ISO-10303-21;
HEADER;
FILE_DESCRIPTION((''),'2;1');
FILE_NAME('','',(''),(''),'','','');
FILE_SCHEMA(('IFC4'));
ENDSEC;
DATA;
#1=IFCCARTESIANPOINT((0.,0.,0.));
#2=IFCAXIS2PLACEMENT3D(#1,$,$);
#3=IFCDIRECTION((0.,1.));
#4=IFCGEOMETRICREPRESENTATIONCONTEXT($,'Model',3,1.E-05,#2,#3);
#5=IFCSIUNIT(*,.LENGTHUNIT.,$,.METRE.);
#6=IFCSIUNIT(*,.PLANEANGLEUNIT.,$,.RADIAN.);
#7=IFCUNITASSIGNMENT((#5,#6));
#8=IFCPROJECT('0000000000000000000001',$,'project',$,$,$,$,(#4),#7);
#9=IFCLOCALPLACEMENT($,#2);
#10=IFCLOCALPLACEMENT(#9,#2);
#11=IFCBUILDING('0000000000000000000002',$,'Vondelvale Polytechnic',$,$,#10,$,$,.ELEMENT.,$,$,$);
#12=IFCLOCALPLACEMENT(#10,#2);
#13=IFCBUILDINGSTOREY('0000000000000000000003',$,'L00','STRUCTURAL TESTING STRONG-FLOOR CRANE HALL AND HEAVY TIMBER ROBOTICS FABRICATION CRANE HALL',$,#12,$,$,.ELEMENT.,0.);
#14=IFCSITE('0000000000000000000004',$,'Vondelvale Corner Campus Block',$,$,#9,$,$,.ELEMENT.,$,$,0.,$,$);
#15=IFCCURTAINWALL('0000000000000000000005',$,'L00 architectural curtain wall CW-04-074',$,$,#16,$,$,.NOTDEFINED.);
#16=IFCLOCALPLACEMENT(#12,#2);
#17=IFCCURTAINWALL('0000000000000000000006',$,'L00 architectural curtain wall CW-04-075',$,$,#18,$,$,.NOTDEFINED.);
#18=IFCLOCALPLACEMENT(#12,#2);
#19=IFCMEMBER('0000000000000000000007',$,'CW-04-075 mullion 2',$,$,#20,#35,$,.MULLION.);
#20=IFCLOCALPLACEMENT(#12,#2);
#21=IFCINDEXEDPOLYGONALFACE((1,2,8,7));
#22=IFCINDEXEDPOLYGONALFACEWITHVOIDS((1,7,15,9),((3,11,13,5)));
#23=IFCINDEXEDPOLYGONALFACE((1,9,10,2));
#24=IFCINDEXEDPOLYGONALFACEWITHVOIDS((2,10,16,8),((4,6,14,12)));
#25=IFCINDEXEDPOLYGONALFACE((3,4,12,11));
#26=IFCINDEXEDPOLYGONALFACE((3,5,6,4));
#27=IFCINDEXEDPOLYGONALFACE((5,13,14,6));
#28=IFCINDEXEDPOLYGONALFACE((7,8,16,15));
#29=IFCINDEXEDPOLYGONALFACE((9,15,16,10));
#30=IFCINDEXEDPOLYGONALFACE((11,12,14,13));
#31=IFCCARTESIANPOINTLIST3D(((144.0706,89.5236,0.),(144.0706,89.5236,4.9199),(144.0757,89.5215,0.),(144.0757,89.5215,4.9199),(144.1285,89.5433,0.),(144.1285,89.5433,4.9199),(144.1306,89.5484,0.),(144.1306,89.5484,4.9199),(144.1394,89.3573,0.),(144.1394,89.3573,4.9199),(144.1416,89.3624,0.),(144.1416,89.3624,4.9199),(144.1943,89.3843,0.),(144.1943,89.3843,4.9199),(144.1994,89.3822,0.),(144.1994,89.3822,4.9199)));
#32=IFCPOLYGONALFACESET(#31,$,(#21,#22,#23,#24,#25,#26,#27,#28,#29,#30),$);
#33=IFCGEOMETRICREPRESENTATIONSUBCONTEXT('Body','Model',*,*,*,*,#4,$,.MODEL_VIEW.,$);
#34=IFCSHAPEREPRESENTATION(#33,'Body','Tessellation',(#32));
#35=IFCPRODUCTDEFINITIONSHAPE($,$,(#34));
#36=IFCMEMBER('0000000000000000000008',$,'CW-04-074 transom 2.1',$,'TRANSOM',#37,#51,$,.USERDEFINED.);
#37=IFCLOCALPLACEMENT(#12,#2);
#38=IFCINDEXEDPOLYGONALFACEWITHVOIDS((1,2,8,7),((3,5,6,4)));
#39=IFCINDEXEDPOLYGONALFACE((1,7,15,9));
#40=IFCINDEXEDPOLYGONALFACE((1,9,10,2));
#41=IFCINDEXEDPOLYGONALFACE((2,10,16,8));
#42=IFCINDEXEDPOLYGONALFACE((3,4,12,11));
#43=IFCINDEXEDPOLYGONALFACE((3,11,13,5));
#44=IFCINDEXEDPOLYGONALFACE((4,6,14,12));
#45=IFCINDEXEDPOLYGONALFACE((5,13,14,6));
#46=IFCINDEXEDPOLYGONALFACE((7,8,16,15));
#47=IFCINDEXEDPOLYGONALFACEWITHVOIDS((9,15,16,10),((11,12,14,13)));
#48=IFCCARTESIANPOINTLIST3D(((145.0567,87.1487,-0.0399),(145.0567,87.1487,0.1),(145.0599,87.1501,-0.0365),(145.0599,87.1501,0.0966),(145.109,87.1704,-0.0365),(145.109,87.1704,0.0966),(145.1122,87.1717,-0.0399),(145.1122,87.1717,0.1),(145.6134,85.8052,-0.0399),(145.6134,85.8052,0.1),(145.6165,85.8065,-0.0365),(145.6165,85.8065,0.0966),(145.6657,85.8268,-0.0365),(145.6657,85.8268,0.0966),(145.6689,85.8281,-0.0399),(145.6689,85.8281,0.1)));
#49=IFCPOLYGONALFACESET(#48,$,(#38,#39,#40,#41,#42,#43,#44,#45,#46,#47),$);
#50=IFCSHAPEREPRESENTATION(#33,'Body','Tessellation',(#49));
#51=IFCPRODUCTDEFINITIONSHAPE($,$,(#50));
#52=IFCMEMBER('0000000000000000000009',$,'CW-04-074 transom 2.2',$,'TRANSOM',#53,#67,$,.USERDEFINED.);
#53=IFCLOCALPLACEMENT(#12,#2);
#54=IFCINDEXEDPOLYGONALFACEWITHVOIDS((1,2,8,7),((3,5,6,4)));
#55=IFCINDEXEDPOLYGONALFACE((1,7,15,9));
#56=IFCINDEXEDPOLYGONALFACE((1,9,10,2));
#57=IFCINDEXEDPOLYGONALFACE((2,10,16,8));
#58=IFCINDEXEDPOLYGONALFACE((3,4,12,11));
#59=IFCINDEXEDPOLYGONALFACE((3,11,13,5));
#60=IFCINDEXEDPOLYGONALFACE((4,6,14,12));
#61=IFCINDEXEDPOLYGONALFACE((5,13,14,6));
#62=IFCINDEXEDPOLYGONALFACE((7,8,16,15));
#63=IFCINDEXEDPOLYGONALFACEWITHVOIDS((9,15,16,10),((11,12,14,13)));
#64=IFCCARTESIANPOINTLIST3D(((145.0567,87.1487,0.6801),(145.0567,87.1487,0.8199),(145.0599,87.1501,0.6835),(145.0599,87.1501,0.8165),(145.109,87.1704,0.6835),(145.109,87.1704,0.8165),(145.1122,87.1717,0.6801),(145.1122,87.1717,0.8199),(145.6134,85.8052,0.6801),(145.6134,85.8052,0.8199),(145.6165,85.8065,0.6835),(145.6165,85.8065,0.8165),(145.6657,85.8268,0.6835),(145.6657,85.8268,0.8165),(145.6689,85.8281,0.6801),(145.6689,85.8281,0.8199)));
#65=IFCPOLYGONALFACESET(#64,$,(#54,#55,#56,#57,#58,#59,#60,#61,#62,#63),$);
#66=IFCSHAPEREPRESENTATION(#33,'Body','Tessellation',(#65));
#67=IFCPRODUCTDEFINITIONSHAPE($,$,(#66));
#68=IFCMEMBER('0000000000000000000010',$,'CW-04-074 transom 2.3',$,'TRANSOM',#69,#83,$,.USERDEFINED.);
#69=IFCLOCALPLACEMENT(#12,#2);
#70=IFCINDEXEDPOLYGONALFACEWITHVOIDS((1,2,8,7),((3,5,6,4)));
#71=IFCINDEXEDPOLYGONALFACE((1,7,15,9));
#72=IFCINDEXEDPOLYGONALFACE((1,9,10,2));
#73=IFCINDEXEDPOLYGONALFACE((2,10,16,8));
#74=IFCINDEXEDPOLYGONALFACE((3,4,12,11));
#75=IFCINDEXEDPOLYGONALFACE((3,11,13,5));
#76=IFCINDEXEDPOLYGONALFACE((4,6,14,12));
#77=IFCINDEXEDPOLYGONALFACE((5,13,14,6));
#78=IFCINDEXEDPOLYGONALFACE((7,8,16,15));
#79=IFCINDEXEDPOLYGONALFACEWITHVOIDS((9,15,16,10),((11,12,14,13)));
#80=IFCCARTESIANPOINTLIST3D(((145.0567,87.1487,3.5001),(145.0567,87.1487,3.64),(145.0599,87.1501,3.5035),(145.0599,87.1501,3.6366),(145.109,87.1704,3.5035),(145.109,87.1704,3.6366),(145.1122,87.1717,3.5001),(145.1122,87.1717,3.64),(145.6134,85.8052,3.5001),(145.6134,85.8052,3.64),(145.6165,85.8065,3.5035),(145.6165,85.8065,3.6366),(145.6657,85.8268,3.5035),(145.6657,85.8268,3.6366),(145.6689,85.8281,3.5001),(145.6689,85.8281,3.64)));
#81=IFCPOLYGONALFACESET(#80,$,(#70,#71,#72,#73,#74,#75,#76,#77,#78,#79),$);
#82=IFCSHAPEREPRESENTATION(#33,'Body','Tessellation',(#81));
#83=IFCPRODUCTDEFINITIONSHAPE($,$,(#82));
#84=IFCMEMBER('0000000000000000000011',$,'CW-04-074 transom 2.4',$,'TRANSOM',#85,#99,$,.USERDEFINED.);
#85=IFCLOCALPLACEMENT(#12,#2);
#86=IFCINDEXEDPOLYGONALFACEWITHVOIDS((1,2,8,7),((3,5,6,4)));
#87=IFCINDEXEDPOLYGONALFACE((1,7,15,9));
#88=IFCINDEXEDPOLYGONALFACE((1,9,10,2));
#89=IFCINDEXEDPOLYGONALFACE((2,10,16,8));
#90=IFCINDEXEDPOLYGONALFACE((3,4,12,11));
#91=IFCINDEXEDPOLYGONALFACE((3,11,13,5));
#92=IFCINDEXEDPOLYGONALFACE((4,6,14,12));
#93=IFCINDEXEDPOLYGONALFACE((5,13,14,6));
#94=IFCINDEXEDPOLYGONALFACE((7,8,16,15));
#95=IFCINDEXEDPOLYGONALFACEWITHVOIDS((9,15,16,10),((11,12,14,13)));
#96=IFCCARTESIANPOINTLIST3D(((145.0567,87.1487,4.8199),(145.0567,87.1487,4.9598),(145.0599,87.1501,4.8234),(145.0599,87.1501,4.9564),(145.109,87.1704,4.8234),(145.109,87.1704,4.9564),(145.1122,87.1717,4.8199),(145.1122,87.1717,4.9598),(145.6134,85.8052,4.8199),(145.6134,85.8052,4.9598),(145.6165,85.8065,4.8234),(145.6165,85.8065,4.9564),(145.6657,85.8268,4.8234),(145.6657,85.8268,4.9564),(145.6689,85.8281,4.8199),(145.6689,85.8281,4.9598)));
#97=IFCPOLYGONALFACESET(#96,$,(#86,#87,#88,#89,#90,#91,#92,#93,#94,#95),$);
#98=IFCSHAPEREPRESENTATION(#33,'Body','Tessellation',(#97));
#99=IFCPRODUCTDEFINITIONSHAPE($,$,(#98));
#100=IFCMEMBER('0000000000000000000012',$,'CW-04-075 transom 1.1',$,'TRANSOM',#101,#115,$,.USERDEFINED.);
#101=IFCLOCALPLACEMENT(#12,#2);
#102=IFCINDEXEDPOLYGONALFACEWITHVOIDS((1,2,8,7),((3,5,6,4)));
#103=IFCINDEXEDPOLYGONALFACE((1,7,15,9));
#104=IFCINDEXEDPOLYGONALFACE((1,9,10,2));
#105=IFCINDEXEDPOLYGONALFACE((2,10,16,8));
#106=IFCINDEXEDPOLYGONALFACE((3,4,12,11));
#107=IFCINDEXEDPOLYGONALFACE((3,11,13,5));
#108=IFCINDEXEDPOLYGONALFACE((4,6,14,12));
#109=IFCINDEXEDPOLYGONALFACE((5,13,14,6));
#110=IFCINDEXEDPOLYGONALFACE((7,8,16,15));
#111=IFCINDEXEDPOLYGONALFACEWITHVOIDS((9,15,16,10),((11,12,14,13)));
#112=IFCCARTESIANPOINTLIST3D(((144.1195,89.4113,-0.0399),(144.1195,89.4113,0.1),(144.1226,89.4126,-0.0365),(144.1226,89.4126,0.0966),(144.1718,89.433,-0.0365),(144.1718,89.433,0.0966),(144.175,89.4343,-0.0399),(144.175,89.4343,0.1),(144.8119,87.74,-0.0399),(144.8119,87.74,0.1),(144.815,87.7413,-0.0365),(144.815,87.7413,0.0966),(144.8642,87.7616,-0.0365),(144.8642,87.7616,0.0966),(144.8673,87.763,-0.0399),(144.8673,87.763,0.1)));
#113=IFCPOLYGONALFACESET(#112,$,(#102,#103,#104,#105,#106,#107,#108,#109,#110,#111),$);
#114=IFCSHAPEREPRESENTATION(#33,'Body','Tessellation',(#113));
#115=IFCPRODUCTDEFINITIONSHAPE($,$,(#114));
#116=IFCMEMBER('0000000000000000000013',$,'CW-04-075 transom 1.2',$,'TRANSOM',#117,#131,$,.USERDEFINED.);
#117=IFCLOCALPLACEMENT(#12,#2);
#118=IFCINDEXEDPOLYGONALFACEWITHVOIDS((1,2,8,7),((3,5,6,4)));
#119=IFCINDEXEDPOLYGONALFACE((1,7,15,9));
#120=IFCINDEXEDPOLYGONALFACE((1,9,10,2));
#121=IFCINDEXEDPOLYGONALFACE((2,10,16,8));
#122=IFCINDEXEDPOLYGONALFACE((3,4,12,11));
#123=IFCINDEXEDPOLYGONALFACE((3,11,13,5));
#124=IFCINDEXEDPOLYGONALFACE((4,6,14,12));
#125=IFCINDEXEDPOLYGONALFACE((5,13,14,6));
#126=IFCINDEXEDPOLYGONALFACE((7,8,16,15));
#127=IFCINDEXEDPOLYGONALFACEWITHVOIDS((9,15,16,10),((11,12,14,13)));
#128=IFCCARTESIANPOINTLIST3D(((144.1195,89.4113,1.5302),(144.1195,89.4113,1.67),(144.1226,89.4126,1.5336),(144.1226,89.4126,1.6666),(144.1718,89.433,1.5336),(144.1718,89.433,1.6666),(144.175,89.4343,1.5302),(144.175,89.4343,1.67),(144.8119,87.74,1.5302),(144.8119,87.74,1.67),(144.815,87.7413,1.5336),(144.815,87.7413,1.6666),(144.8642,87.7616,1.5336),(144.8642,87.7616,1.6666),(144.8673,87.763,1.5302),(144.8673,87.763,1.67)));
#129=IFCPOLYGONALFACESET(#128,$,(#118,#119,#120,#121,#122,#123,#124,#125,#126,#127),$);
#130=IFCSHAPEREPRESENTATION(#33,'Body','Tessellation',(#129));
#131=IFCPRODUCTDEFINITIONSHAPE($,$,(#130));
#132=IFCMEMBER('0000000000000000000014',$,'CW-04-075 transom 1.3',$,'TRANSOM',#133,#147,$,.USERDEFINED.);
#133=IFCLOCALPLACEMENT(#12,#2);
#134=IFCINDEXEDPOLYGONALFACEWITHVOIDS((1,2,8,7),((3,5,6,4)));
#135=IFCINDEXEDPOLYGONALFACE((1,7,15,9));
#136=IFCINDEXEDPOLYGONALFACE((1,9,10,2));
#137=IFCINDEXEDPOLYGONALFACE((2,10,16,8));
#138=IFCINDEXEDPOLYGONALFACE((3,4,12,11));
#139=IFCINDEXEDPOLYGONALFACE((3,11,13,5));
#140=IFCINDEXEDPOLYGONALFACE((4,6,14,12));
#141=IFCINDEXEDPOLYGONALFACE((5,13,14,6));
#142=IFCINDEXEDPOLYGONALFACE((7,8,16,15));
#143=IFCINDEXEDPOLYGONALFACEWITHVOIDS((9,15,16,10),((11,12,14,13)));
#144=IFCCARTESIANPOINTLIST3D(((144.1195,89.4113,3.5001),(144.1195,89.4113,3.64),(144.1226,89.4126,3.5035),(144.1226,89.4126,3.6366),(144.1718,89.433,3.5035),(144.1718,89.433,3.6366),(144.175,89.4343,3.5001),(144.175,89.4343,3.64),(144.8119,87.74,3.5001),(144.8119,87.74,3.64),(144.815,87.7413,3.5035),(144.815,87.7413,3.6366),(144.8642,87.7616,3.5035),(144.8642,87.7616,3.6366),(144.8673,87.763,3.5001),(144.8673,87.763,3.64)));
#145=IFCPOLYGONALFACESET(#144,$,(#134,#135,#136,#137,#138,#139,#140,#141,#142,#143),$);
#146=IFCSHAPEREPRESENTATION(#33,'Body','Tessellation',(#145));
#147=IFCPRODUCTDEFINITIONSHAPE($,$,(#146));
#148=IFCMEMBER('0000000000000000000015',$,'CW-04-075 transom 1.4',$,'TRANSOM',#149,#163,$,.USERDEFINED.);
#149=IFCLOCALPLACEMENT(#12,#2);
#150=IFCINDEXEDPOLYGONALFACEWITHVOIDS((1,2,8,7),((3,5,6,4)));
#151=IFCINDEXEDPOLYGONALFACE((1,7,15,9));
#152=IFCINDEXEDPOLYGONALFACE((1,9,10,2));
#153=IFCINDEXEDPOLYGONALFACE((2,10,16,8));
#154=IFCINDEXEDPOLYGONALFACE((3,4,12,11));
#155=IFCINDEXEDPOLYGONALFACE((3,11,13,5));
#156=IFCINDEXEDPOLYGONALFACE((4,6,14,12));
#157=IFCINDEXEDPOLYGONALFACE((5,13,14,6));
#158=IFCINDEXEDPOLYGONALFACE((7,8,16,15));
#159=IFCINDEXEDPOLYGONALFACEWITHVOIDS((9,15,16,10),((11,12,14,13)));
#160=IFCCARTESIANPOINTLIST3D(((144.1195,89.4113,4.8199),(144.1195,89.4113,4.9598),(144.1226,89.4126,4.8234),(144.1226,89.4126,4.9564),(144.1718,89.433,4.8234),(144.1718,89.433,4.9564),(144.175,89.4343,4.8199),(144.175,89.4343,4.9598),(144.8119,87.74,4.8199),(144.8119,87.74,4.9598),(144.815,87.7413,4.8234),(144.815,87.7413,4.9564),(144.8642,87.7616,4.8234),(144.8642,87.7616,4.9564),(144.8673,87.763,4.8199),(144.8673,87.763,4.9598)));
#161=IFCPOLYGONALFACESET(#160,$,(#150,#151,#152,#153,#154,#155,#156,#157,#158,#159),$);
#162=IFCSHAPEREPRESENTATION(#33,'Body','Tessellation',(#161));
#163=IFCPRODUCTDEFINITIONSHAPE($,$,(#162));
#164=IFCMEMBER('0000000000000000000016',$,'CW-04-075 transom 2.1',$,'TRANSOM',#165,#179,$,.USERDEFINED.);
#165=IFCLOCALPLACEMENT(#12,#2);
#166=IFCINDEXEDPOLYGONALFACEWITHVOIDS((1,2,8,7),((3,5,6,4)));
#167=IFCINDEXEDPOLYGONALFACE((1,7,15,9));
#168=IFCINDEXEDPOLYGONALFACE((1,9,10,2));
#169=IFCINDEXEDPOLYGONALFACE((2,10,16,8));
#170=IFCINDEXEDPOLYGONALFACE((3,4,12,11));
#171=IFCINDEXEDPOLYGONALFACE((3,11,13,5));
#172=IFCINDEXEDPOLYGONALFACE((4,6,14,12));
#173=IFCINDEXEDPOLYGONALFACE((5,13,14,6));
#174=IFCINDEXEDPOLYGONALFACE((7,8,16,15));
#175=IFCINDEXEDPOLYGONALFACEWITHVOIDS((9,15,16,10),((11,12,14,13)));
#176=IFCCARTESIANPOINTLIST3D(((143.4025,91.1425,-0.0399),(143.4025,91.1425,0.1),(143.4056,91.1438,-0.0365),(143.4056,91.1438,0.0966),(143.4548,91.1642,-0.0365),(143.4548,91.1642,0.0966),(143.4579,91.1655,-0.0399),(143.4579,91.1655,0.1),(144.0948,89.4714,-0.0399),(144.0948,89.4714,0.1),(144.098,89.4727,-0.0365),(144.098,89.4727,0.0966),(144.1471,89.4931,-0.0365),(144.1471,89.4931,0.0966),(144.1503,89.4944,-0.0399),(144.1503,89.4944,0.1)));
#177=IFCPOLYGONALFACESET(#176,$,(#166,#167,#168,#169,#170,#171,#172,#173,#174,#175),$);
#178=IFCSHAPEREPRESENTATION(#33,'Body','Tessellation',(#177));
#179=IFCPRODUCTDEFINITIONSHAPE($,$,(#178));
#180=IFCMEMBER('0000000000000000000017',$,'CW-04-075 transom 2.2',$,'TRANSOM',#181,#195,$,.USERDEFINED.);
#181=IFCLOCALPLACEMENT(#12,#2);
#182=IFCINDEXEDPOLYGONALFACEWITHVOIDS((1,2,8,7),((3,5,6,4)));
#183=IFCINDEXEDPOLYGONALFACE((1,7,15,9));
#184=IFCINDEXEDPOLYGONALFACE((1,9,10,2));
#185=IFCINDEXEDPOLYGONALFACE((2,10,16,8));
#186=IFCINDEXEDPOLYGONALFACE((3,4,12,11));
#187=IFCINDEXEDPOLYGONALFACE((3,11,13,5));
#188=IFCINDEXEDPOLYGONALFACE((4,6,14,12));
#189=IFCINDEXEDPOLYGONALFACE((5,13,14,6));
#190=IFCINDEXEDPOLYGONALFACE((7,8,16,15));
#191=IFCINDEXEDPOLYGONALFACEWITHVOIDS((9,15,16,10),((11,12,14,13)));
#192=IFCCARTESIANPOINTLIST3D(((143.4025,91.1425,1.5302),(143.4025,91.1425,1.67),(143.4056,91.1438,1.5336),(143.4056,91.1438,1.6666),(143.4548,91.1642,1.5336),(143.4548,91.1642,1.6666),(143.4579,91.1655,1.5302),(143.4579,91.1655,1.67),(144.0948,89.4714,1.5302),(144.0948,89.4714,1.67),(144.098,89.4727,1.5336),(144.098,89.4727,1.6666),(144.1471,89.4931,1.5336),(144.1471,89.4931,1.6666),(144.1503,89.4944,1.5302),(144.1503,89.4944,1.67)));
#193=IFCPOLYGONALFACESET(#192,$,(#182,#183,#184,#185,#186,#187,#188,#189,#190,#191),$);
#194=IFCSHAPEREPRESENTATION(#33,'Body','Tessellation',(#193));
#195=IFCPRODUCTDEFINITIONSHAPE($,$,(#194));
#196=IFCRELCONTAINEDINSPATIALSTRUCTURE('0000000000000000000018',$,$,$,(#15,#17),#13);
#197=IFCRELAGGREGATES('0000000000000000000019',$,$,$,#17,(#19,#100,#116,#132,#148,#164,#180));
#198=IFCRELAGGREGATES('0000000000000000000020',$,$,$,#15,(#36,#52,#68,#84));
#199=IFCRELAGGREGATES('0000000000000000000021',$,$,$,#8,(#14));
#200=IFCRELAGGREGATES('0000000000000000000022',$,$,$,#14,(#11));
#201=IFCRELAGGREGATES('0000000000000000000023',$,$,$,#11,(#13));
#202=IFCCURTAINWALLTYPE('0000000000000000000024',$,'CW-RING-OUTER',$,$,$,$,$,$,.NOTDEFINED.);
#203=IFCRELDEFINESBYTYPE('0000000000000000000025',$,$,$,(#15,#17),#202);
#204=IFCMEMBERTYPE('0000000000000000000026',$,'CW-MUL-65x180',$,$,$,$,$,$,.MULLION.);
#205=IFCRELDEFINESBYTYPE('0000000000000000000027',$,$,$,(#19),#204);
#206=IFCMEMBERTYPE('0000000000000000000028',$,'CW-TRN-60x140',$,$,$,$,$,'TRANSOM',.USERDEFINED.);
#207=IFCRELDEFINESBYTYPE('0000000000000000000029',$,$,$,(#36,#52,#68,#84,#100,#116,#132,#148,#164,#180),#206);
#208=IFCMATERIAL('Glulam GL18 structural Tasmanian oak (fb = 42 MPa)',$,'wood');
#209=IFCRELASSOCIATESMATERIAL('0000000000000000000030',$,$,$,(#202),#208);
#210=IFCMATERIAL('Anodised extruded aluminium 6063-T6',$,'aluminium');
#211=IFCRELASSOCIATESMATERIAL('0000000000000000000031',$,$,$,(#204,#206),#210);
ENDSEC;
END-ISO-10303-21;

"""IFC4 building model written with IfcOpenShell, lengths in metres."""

from ifc_helpers import new_model, si_unit, direction, frame, origin, origin_2d, place, context, subcontext, project, spatial, hollow_rectangle, extrude, material, material_profile, profile_set, type_object, element, aggregate, save


model = new_model("IFC4")

# Units and contexts
model_context = context("Model", 3, precision=1e-05, world=origin(), true_north=direction((0.0, 1.0)))
body_context = subcontext(model_context, "Body", "Model", "MODEL_VIEW")
ifc_project = project(units=[si_unit("LENGTHUNIT", "METRE"), si_unit("PLANEANGLEUNIT", "RADIAN")], contexts=[model_context])

# Site, building, storey
site_placement = place(None, origin())
site = spatial("IfcSite", under=ifc_project, at=site_placement, Name="Vondelvale Corner Campus Block", CompositionType="ELEMENT", RefElevation=0.0)
building_placement = place(site_placement, origin())
building = spatial("IfcBuilding", under=site, at=building_placement, Name="Vondelvale Polytechnic", CompositionType="ELEMENT")
storey_placement = place(building_placement, origin())
storey = spatial("IfcBuildingStorey", under=building, at=storey_placement, Name="L00", Description="STRUCTURAL TESTING STRONG-FLOOR CRANE HALL AND HEAVY TIMBER ROBOTICS FABRICATION CRANE HALL", CompositionType="ELEMENT", Elevation=0.0)

# Shared definitions
ifc_material_1 = material(Name="Glulam GL18 structural Tasmanian oak (fb = 42 MPa)", Category="wood")

# Curtain wall
curtain_wall_type = type_object("IfcCurtainWallType", Name="CW-RING-OUTER", PredefinedType="NOTDEFINED", material=ifc_material_1)
curtain_wall_1_placement = place(storey_placement, origin())
curtain_wall_1 = element("IfcCurtainWall", 1, at=curtain_wall_1_placement, inside=storey, type_object=curtain_wall_type, Name="L00 architectural curtain wall CW-04-074", PredefinedType="NOTDEFINED")
ifc_material_2 = material(Name="Anodised extruded aluminium 6063-T6", Category="aluminium")
ifc_material_profile_1 = material_profile(ifc_material_2, hollow_rectangle(XDim=0.0649, YDim=0.1799, WallThickness=0.0039, at=origin_2d()), Name="CW-MUL-180x65")
ifc_profile_set_1 = profile_set([ifc_material_profile_1], Name="Anodised extruded aluminium 6063-T6")
member_type_1 = type_object("IfcMemberType", Name="CW-MUL-65x180", PredefinedType="MULLION", material=ifc_profile_set_1)

# Curtain wall, member
curtain_wall_2_placement = place(storey_placement, origin())
curtain_wall_2 = element("IfcCurtainWall", 2, at=curtain_wall_2_placement, inside=storey, type_object=curtain_wall_type, Name="L00 architectural curtain wall CW-04-075", PredefinedType="NOTDEFINED")
member_1_placement = place(storey_placement, frame((144.135, 89.4529, 0.0), z_axis=(0.0, 0.0, 1.0), x_axis=(-0.923875, -0.382695, 0.0)))
member_1 = element("IfcMember", 3, at=member_1_placement, type_object=member_type_1, Name="CW-04-075 mullion 2", PredefinedType="MULLION", context=body_context, shape_type="SweptSolid", body=[
    extrude(hollow_rectangle(XDim=0.0649, YDim=0.1799, WallThickness=0.0039, at=origin_2d()), origin(), (0.0, 0.0, 1.0), 4.9199),
])

# Members
ifc_material_profile_2 = material_profile(ifc_material_2, hollow_rectangle(XDim=0.0601, YDim=0.1399, WallThickness=0.0034, at=origin_2d()), Name="CW-TRN-140x60")
ifc_profile_set_2 = profile_set([ifc_material_profile_2], Name="Anodised extruded aluminium 6063-T6")
member_type_2 = type_object("IfcMemberType", Name="CW-TRN-60x140", ElementType="TRANSOM", PredefinedType="USERDEFINED", material=ifc_profile_set_2)
member_2_placement = place(storey_placement, frame((145.6411, 85.8167, 0.03), z_axis=(-0.382767, 0.923845, 0.0), x_axis=(-0.923845, -0.382767, 0.0)))
member_2 = element("IfcMember", 4, at=member_2_placement, type_object=member_type_2, Name="CW-04-074 transom 2.1", ObjectType="TRANSOM", PredefinedType="USERDEFINED", context=body_context, shape_type="SweptSolid", body=[
    extrude(hollow_rectangle(XDim=0.0601, YDim=0.1399, WallThickness=0.0034, at=origin_2d()), origin(), (0.0, 0.0, 1.0), 1.4543),
])
member_3_placement = place(storey_placement, frame((145.6411, 85.8167, 0.75), z_axis=(-0.382767, 0.923845, 0.0), x_axis=(-0.923845, -0.382767, 0.0)))
member_3 = element("IfcMember", 5, at=member_3_placement, type_object=member_type_2, Name="CW-04-074 transom 2.2", ObjectType="TRANSOM", PredefinedType="USERDEFINED", context=body_context, shape_type="SweptSolid", body=[
    extrude(hollow_rectangle(XDim=0.0601, YDim=0.1399, WallThickness=0.0034, at=origin_2d()), origin(), (0.0, 0.0, 1.0), 1.4543),
])
member_4_placement = place(storey_placement, frame((145.6411, 85.8167, 3.5701), z_axis=(-0.382767, 0.923845, 0.0), x_axis=(-0.923845, -0.382767, 0.0)))
member_4 = element("IfcMember", 6, at=member_4_placement, type_object=member_type_2, Name="CW-04-074 transom 2.3", ObjectType="TRANSOM", PredefinedType="USERDEFINED", context=body_context, shape_type="SweptSolid", body=[
    extrude(hollow_rectangle(XDim=0.0601, YDim=0.1399, WallThickness=0.0034, at=origin_2d()), origin(), (0.0, 0.0, 1.0), 1.4543),
])
member_5_placement = place(storey_placement, frame((145.6411, 85.8167, 4.8899), z_axis=(-0.382767, 0.923845, 0.0), x_axis=(-0.923845, -0.382767, 0.0)))
member_5 = element("IfcMember", 7, at=member_5_placement, type_object=member_type_2, Name="CW-04-074 transom 2.4", ObjectType="TRANSOM", PredefinedType="USERDEFINED", context=body_context, shape_type="SweptSolid", body=[
    extrude(hollow_rectangle(XDim=0.0601, YDim=0.1399, WallThickness=0.0034, at=origin_2d()), origin(), (0.0, 0.0, 1.0), 1.4543),
])
member_6_placement = place(storey_placement, frame((144.8396, 87.7515, 0.03), z_axis=(-0.382717, 0.923866, 0.0), x_axis=(-0.923866, -0.382717, 0.0)))
member_6 = element("IfcMember", 8, at=member_6_placement, type_object=member_type_2, Name="CW-04-075 transom 1.1", ObjectType="TRANSOM", PredefinedType="USERDEFINED", context=body_context, shape_type="SweptSolid", body=[
    extrude(hollow_rectangle(XDim=0.0601, YDim=0.1399, WallThickness=0.0034, at=origin_2d()), origin(), (0.0, 0.0, 1.0), 1.8091),
])
member_7_placement = place(storey_placement, frame((144.8396, 87.7515, 1.6001), z_axis=(-0.382717, 0.923866, 0.0), x_axis=(-0.923866, -0.382717, 0.0)))
member_7 = element("IfcMember", 9, at=member_7_placement, type_object=member_type_2, Name="CW-04-075 transom 1.2", ObjectType="TRANSOM", PredefinedType="USERDEFINED", context=body_context, shape_type="SweptSolid", body=[
    extrude(hollow_rectangle(XDim=0.0601, YDim=0.1399, WallThickness=0.0034, at=origin_2d()), origin(), (0.0, 0.0, 1.0), 1.8091),
])
member_8_placement = place(storey_placement, frame((144.8396, 87.7515, 3.5701), z_axis=(-0.382717, 0.923866, 0.0), x_axis=(-0.923866, -0.382717, 0.0)))
member_8 = element("IfcMember", 10, at=member_8_placement, type_object=member_type_2, Name="CW-04-075 transom 1.3", ObjectType="TRANSOM", PredefinedType="USERDEFINED", context=body_context, shape_type="SweptSolid", body=[
    extrude(hollow_rectangle(XDim=0.0601, YDim=0.1399, WallThickness=0.0034, at=origin_2d()), origin(), (0.0, 0.0, 1.0), 1.8091),
])
member_9_placement = place(storey_placement, frame((144.8396, 87.7515, 4.8899), z_axis=(-0.382717, 0.923866, 0.0), x_axis=(-0.923866, -0.382717, 0.0)))
member_9 = element("IfcMember", 11, at=member_9_placement, type_object=member_type_2, Name="CW-04-075 transom 1.4", ObjectType="TRANSOM", PredefinedType="USERDEFINED", context=body_context, shape_type="SweptSolid", body=[
    extrude(hollow_rectangle(XDim=0.0601, YDim=0.1399, WallThickness=0.0034, at=origin_2d()), origin(), (0.0, 0.0, 1.0), 1.8091),
])
member_10_placement = place(storey_placement, frame((144.1226, 89.4829, 0.03), z_axis=(-0.382765, 0.923846, 0.0), x_axis=(-0.923846, -0.382765, 0.0)))
member_10 = element("IfcMember", 12, at=member_10_placement, type_object=member_type_2, Name="CW-04-075 transom 2.1", ObjectType="TRANSOM", PredefinedType="USERDEFINED", context=body_context, shape_type="SweptSolid", body=[
    extrude(hollow_rectangle(XDim=0.0601, YDim=0.1399, WallThickness=0.0034, at=origin_2d()), origin(), (0.0, 0.0, 1.0), 1.8088),
])
member_11_placement = place(storey_placement, frame((144.1226, 89.4829, 1.6001), z_axis=(-0.382765, 0.923846, 0.0), x_axis=(-0.923846, -0.382765, 0.0)))
member_11 = element("IfcMember", 13, at=member_11_placement, type_object=member_type_2, Name="CW-04-075 transom 2.2", ObjectType="TRANSOM", PredefinedType="USERDEFINED", context=body_context, shape_type="SweptSolid", body=[
    extrude(hollow_rectangle(XDim=0.0601, YDim=0.1399, WallThickness=0.0034, at=origin_2d()), origin(), (0.0, 0.0, 1.0), 1.8088),
])

aggregate(curtain_wall_2, [member_1, member_6, member_7, member_8, member_9, member_10, member_11])
aggregate(curtain_wall_1, [member_2, member_3, member_4, member_5])

save(model, "model.ifc")
